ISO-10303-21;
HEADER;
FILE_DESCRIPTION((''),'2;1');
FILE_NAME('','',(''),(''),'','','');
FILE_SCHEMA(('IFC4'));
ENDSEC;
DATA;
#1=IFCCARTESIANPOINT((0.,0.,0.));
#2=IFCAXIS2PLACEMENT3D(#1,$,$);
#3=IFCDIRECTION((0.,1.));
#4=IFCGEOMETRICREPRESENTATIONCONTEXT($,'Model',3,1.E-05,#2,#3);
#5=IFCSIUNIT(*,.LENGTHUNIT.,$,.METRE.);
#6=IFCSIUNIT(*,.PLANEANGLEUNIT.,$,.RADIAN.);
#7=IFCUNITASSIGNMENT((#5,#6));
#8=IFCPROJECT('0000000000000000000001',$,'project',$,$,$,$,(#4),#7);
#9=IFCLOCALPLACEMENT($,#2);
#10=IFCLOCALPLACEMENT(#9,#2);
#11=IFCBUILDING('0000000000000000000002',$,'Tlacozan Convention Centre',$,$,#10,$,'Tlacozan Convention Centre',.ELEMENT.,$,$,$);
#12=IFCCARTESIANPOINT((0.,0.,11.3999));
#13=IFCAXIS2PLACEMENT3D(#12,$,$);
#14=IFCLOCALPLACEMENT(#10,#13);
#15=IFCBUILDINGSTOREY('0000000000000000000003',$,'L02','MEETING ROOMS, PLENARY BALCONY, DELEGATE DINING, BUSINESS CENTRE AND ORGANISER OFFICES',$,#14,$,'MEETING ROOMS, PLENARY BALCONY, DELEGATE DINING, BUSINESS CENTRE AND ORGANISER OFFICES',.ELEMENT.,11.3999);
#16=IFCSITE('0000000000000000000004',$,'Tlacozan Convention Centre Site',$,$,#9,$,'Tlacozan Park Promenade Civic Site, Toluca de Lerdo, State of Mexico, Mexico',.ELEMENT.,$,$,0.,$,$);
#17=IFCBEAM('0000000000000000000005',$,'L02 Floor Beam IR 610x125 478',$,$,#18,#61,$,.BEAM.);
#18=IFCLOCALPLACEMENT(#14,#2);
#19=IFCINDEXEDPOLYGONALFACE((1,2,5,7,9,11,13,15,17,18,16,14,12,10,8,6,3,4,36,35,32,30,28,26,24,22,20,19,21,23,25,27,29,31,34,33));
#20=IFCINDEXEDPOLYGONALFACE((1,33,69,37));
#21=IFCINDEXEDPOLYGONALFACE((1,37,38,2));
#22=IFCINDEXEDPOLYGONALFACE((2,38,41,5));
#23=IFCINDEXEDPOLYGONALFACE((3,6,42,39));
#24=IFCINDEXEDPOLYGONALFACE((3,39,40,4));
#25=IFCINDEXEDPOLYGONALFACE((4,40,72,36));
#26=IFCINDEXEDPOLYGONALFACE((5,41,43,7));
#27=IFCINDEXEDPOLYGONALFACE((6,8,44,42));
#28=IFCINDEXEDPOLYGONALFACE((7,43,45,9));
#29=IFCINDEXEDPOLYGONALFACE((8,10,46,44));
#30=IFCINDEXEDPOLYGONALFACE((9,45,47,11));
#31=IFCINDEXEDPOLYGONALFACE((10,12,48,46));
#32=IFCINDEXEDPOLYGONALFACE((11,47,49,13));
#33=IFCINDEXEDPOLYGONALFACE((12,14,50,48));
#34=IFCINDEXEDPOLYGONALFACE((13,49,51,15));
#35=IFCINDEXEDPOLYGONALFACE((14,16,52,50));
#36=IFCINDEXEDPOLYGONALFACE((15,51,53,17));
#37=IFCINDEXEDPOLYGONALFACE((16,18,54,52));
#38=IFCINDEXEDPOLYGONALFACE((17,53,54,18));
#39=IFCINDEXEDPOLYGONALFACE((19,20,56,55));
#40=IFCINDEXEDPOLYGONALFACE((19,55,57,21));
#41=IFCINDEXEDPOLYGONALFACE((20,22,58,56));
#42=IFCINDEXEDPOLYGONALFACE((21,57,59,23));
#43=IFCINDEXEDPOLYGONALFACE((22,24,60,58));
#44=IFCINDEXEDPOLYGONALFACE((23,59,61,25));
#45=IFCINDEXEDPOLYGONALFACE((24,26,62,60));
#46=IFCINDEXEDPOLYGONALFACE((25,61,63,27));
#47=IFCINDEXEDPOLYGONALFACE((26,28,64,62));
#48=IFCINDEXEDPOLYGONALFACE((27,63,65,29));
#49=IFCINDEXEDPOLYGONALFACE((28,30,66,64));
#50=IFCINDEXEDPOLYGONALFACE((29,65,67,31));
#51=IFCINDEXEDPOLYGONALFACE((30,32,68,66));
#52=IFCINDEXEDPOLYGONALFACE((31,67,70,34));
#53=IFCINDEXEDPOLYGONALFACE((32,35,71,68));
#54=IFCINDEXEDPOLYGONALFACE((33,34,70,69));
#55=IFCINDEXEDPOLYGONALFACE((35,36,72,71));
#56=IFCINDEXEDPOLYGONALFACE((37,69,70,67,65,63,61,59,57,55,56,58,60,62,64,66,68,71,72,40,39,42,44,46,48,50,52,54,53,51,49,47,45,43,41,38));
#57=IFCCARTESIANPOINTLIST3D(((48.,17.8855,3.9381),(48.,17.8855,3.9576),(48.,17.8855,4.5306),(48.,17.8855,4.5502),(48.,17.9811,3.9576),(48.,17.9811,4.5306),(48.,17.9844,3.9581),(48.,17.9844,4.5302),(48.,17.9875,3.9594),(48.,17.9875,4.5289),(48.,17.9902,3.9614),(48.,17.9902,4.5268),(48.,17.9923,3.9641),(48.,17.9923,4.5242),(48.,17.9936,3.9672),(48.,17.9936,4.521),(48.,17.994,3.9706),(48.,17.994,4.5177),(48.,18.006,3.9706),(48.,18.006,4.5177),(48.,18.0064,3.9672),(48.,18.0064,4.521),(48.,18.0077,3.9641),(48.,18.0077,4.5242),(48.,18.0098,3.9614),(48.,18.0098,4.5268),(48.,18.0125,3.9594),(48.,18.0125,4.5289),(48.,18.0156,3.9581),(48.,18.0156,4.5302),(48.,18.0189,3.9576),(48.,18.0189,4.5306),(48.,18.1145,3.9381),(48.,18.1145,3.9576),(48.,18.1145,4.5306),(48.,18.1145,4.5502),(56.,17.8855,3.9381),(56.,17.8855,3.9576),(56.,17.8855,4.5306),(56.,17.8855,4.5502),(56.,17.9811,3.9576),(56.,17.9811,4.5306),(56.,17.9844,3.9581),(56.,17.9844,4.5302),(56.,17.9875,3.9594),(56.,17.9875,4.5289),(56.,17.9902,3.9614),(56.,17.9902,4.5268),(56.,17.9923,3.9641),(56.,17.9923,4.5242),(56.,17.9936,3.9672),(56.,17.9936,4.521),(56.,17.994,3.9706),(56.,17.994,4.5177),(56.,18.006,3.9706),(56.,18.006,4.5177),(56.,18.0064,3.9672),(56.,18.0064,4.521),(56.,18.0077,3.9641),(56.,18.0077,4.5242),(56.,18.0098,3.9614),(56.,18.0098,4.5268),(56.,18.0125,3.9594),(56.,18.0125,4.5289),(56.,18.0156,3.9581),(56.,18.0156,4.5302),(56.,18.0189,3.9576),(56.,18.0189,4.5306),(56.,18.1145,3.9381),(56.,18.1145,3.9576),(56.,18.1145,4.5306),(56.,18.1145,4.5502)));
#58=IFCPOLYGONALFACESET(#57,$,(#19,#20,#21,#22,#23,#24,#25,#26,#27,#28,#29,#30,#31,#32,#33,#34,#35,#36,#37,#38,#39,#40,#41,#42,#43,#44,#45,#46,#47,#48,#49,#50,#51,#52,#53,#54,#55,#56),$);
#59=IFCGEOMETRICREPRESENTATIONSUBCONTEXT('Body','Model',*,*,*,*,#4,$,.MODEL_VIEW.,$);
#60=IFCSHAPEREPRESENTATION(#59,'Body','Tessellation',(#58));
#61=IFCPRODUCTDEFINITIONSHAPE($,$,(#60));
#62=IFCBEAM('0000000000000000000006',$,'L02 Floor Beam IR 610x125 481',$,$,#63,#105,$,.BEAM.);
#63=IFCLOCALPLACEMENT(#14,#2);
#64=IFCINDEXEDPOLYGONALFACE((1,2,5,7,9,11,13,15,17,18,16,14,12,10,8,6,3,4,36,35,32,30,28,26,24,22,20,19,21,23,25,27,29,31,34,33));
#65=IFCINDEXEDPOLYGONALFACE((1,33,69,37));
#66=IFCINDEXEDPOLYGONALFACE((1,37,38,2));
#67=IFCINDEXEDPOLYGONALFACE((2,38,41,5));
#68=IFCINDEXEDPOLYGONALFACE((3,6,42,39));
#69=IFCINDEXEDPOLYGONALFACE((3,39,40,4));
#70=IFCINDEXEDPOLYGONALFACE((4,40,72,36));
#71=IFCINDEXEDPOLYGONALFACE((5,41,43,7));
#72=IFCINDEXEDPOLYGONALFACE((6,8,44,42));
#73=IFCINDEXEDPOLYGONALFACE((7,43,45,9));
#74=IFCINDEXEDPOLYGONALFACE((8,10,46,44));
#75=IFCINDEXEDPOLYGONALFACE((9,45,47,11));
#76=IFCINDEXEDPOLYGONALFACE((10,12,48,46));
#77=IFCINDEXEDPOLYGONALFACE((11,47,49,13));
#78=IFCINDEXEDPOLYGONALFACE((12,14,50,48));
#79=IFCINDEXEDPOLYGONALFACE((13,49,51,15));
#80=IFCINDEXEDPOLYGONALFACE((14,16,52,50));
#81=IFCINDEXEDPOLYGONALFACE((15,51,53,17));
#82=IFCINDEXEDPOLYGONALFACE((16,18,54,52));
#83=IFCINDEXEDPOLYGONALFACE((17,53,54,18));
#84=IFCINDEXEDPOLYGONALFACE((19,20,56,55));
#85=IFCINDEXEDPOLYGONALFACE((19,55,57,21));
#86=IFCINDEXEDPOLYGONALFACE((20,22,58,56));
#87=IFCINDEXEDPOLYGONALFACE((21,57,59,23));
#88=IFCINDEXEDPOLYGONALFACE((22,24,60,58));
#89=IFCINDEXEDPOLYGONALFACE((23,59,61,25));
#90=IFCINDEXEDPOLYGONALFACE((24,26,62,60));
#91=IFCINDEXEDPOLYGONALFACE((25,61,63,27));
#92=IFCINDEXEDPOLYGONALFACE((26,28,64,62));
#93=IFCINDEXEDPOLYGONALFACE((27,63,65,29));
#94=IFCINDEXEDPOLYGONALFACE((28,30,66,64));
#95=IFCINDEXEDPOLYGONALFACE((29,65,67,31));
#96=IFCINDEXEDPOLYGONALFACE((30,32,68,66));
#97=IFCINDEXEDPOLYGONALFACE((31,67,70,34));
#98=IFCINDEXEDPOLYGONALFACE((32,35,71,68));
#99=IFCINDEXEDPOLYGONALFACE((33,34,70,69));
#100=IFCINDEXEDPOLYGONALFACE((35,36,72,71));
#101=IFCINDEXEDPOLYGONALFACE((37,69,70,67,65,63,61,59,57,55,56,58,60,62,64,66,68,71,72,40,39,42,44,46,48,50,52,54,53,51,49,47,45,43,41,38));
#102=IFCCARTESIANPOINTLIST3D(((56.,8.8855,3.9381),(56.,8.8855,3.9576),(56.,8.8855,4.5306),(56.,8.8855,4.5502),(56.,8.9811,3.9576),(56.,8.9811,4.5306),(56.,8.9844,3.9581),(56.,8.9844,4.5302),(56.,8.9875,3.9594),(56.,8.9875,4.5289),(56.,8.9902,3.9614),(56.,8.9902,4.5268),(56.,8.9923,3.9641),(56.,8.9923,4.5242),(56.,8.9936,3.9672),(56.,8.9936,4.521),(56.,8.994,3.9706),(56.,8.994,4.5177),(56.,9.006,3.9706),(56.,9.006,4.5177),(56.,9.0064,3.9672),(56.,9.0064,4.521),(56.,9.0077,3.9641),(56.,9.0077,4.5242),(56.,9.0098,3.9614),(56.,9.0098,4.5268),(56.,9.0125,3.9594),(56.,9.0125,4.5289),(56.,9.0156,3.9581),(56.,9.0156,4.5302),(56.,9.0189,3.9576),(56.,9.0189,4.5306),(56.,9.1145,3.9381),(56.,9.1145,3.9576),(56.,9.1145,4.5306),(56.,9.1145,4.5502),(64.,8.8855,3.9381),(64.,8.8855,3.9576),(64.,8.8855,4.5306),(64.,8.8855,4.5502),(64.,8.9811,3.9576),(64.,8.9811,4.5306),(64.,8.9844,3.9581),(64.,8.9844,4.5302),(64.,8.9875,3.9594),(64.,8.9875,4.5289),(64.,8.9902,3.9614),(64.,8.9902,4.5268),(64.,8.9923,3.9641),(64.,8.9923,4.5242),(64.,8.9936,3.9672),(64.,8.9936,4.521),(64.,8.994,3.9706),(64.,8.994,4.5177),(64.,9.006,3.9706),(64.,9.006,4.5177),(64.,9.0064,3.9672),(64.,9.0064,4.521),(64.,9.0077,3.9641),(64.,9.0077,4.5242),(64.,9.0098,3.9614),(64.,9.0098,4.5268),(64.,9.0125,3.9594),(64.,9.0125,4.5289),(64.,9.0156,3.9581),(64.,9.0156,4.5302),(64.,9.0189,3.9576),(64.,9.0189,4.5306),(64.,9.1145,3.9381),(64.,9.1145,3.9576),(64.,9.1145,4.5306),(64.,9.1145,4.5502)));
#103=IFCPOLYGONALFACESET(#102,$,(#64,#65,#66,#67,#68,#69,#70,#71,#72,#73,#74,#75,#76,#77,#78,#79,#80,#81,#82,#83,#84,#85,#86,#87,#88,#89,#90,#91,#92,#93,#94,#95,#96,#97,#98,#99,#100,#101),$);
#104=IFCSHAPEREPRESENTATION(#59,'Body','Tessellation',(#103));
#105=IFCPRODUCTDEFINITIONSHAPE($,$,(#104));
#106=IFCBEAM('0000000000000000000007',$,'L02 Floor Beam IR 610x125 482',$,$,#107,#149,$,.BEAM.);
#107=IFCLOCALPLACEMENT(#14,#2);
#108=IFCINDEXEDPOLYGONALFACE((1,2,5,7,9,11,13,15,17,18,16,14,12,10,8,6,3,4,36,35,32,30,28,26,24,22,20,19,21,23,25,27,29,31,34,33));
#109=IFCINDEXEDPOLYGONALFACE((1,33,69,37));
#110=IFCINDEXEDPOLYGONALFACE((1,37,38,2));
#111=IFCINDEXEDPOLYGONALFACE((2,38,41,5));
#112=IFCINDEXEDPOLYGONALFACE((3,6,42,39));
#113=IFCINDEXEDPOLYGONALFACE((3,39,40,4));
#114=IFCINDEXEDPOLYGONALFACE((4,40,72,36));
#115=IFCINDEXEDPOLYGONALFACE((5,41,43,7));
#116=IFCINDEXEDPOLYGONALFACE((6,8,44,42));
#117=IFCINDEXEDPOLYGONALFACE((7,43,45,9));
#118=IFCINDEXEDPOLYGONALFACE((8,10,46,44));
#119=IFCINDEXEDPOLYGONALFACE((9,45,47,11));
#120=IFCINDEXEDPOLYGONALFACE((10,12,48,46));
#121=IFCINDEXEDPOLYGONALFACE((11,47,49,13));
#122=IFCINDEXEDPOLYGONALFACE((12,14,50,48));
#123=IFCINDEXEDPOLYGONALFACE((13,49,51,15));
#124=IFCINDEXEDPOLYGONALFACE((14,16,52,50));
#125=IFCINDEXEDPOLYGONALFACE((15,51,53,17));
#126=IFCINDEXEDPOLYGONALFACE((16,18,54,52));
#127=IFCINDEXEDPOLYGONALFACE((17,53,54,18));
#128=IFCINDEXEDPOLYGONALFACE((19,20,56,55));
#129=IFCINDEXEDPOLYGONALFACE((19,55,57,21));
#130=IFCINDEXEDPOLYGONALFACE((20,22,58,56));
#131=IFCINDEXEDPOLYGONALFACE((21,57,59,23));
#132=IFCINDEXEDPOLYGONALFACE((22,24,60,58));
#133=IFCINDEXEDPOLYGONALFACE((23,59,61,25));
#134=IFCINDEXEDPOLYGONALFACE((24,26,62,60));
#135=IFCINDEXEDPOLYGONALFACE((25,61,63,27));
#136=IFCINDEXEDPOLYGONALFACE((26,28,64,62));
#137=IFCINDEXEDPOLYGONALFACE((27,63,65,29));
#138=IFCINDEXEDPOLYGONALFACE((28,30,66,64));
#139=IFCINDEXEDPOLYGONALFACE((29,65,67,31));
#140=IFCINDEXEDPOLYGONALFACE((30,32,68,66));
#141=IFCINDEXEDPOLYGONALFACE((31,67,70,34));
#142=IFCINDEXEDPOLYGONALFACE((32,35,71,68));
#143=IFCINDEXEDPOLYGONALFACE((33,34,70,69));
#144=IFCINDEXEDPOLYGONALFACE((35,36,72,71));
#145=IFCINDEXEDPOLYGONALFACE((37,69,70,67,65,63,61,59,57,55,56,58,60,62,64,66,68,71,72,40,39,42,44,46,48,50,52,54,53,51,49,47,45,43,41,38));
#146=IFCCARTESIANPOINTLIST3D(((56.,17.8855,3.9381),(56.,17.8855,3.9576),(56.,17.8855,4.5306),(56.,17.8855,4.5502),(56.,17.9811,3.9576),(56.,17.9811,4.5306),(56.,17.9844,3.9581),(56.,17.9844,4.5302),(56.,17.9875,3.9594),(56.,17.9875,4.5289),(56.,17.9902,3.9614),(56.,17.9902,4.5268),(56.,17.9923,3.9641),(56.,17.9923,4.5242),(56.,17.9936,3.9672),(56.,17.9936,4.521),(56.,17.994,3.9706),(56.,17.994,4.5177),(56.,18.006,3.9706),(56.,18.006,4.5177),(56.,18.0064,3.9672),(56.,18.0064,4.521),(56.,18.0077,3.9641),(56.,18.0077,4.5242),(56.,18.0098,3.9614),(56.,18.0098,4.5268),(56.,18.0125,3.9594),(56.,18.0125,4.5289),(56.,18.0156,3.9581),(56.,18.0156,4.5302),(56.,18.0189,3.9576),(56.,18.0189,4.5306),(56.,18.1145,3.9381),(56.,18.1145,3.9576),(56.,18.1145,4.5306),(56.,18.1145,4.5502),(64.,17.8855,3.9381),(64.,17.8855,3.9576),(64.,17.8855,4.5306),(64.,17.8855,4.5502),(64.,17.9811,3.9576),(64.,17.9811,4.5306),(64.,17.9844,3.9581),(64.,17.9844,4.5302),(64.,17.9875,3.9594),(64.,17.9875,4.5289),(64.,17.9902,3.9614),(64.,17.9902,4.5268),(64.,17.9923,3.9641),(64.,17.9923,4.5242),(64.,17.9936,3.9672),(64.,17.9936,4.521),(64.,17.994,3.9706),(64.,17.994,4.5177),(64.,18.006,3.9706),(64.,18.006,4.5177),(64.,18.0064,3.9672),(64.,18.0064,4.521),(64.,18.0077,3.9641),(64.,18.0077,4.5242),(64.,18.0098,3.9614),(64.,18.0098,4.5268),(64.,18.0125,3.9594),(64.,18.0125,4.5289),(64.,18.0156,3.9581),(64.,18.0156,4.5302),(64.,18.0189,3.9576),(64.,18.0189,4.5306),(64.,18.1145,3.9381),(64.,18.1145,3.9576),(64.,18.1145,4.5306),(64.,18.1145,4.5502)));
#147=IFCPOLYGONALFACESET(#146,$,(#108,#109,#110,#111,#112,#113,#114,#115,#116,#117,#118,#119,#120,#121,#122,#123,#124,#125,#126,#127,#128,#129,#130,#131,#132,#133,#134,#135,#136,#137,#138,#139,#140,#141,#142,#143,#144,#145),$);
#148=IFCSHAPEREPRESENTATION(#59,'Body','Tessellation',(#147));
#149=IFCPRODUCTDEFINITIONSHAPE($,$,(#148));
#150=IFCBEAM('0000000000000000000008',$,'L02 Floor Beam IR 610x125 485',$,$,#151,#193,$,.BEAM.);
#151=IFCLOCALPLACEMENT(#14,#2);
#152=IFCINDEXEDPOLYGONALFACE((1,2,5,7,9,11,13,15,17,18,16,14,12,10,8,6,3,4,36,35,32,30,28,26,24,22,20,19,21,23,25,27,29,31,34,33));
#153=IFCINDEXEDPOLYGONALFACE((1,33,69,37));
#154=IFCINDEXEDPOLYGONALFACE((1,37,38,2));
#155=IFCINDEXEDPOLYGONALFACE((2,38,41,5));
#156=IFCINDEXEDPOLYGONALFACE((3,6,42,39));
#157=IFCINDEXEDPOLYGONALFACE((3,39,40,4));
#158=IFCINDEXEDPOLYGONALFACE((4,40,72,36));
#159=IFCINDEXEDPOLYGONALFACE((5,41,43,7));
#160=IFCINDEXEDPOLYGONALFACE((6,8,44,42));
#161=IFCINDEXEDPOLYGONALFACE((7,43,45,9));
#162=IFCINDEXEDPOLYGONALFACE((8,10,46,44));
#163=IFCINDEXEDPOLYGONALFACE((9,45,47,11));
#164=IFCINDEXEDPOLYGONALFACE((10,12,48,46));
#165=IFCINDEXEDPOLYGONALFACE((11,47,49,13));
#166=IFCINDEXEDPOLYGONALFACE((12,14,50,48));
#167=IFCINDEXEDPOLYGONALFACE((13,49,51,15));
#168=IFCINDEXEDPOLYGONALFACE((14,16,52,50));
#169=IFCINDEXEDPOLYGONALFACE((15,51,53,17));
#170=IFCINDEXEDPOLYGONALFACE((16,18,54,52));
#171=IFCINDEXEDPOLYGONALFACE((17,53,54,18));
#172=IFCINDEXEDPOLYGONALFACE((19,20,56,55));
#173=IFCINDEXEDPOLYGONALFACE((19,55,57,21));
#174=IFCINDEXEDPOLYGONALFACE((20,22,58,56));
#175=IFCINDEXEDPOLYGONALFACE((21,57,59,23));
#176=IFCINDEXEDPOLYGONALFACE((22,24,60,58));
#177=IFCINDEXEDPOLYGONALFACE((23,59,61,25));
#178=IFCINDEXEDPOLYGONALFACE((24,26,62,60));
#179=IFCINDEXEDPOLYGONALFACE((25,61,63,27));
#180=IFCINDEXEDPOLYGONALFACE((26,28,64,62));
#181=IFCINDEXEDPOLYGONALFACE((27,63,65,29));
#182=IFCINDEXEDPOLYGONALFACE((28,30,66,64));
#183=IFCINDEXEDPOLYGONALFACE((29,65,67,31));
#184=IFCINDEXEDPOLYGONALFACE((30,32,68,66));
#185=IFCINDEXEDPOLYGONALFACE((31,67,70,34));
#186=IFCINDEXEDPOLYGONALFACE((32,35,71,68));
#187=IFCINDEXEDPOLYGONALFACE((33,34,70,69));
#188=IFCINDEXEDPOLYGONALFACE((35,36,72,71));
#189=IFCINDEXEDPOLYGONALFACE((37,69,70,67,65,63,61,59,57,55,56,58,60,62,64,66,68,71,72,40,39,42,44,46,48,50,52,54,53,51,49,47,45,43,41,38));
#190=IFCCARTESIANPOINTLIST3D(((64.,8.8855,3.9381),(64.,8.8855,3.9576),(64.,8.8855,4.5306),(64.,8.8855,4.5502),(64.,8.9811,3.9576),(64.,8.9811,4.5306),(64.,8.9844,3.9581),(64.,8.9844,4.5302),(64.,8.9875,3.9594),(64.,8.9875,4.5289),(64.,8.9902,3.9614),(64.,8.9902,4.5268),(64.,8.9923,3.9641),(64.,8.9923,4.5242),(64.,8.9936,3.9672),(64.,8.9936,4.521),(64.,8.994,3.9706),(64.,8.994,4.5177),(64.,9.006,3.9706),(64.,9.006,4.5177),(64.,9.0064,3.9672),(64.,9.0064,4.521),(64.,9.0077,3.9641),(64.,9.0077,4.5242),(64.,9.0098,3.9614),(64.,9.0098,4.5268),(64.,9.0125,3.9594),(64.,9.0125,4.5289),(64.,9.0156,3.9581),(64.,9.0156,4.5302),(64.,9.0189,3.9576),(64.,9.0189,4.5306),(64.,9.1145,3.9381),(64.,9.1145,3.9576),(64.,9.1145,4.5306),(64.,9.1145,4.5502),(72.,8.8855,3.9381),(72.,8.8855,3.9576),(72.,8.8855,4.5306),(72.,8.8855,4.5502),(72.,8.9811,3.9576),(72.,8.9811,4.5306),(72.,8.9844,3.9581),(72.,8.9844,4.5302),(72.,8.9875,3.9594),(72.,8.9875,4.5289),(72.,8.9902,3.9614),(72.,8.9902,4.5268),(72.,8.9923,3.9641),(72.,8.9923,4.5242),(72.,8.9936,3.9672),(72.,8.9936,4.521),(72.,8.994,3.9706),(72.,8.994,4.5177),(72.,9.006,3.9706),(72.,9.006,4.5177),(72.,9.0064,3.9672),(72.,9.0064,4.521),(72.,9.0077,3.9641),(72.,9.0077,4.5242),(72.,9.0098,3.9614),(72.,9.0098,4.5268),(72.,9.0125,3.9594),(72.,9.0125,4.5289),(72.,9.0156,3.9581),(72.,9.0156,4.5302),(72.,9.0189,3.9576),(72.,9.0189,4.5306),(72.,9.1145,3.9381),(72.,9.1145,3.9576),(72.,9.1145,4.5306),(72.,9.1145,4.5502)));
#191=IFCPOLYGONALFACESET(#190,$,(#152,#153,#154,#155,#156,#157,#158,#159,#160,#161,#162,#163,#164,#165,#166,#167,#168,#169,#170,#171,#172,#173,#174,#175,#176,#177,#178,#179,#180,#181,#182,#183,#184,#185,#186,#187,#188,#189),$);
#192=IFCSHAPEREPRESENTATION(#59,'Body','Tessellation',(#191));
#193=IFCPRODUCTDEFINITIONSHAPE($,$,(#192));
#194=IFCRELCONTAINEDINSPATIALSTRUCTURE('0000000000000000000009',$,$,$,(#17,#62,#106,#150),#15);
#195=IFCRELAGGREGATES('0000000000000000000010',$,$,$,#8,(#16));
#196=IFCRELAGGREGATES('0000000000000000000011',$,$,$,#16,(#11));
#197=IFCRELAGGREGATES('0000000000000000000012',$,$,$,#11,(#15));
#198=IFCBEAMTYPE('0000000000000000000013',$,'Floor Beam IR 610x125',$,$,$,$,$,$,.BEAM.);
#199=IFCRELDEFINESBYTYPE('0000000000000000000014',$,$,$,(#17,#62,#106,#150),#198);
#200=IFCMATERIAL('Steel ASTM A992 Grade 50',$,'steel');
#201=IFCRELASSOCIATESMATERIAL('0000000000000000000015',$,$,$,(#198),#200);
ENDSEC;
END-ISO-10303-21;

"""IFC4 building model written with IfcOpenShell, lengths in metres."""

from ifc_helpers import new_model, si_unit, direction, frame, origin, origin_2d, place, context, subcontext, project, spatial, i_section, extrude, material, material_profile, profile_set, type_object, element, save


model = new_model("IFC4")

# Units and contexts
model_context = context("Model", 3, precision=1e-05, world=origin(), true_north=direction((0.0, 1.0)))
body_context = subcontext(model_context, "Body", "Model", "MODEL_VIEW")
ifc_project = project(units=[si_unit("LENGTHUNIT", "METRE"), si_unit("PLANEANGLEUNIT", "RADIAN")], contexts=[model_context])

# Site, building, storey
site_placement = place(None, origin())
site = spatial("IfcSite", under=ifc_project, at=site_placement, Name="Tlacozan Convention Centre Site", LongName="Tlacozan Park Promenade Civic Site, Toluca de Lerdo, State of Mexico, Mexico", CompositionType="ELEMENT", RefElevation=0.0)
building_placement = place(site_placement, origin())
building = spatial("IfcBuilding", under=site, at=building_placement, Name="Tlacozan Convention Centre", LongName="Tlacozan Convention Centre", CompositionType="ELEMENT")
storey_placement = place(building_placement, frame((0.0, 0.0, 11.3999)))
storey = spatial("IfcBuildingStorey", under=building, at=storey_placement, Name="L02", Description="MEETING ROOMS, PLENARY BALCONY, DELEGATE DINING, BUSINESS CENTRE AND ORGANISER OFFICES", LongName="MEETING ROOMS, PLENARY BALCONY, DELEGATE DINING, BUSINESS CENTRE AND ORGANISER OFFICES", CompositionType="ELEMENT", Elevation=11.3999)

# Beams
ifc_material_1 = material(Name="Steel ASTM A992 Grade 50", Category="steel")
ifc_material_profile_1 = material_profile(ifc_material_1, i_section(OverallWidth=0.229, OverallDepth=0.6121, WebThickness=0.012, FlangeThickness=0.0195, FilletRadius=0.0129, at=origin_2d()), Name="IR 610x125.0")
ifc_profile_set_1 = profile_set([ifc_material_profile_1], Name="Steel ASTM A992 Grade 50")
beam_type_1 = type_object("IfcBeamType", Name="Floor Beam IR 610x125", PredefinedType="BEAM", material=ifc_profile_set_1)
for number, where, z_axis, x_axis, name in (
    (1, (48.0, 18.0, 4.2441), (1.0, 0.0, 0.0), (0.0, 1.0, 0.0), "L02 Floor Beam IR 610x125 478"),
    (2, (56.0, 9.0, 4.2441), (1.0, 0.0, 0.0), (0.0, 1.0, 0.0), "L02 Floor Beam IR 610x125 481"),
    (3, (56.0, 18.0, 4.2441), (1.0, 0.0, 0.0), (0.0, 1.0, 0.0), "L02 Floor Beam IR 610x125 482"),
    (4, (64.0, 9.0, 4.2441), (1.0, 0.0, 0.0), (0.0, 1.0, 0.0), "L02 Floor Beam IR 610x125 485"),
):
    element("IfcBeam", number, at=place(storey_placement, frame(where, z_axis=z_axis, x_axis=x_axis)), inside=storey, type_object=beam_type_1, Name=name, PredefinedType="BEAM", context=body_context, shape_type="SweptSolid", body=[
        extrude(i_section(OverallWidth=0.229, OverallDepth=0.6121, WebThickness=0.012, FlangeThickness=0.0195, FilletRadius=0.0129, at=origin_2d()), origin(), (0.0, 0.0, 1.0), 8.0),
    ])

save(model, "model.ifc")
